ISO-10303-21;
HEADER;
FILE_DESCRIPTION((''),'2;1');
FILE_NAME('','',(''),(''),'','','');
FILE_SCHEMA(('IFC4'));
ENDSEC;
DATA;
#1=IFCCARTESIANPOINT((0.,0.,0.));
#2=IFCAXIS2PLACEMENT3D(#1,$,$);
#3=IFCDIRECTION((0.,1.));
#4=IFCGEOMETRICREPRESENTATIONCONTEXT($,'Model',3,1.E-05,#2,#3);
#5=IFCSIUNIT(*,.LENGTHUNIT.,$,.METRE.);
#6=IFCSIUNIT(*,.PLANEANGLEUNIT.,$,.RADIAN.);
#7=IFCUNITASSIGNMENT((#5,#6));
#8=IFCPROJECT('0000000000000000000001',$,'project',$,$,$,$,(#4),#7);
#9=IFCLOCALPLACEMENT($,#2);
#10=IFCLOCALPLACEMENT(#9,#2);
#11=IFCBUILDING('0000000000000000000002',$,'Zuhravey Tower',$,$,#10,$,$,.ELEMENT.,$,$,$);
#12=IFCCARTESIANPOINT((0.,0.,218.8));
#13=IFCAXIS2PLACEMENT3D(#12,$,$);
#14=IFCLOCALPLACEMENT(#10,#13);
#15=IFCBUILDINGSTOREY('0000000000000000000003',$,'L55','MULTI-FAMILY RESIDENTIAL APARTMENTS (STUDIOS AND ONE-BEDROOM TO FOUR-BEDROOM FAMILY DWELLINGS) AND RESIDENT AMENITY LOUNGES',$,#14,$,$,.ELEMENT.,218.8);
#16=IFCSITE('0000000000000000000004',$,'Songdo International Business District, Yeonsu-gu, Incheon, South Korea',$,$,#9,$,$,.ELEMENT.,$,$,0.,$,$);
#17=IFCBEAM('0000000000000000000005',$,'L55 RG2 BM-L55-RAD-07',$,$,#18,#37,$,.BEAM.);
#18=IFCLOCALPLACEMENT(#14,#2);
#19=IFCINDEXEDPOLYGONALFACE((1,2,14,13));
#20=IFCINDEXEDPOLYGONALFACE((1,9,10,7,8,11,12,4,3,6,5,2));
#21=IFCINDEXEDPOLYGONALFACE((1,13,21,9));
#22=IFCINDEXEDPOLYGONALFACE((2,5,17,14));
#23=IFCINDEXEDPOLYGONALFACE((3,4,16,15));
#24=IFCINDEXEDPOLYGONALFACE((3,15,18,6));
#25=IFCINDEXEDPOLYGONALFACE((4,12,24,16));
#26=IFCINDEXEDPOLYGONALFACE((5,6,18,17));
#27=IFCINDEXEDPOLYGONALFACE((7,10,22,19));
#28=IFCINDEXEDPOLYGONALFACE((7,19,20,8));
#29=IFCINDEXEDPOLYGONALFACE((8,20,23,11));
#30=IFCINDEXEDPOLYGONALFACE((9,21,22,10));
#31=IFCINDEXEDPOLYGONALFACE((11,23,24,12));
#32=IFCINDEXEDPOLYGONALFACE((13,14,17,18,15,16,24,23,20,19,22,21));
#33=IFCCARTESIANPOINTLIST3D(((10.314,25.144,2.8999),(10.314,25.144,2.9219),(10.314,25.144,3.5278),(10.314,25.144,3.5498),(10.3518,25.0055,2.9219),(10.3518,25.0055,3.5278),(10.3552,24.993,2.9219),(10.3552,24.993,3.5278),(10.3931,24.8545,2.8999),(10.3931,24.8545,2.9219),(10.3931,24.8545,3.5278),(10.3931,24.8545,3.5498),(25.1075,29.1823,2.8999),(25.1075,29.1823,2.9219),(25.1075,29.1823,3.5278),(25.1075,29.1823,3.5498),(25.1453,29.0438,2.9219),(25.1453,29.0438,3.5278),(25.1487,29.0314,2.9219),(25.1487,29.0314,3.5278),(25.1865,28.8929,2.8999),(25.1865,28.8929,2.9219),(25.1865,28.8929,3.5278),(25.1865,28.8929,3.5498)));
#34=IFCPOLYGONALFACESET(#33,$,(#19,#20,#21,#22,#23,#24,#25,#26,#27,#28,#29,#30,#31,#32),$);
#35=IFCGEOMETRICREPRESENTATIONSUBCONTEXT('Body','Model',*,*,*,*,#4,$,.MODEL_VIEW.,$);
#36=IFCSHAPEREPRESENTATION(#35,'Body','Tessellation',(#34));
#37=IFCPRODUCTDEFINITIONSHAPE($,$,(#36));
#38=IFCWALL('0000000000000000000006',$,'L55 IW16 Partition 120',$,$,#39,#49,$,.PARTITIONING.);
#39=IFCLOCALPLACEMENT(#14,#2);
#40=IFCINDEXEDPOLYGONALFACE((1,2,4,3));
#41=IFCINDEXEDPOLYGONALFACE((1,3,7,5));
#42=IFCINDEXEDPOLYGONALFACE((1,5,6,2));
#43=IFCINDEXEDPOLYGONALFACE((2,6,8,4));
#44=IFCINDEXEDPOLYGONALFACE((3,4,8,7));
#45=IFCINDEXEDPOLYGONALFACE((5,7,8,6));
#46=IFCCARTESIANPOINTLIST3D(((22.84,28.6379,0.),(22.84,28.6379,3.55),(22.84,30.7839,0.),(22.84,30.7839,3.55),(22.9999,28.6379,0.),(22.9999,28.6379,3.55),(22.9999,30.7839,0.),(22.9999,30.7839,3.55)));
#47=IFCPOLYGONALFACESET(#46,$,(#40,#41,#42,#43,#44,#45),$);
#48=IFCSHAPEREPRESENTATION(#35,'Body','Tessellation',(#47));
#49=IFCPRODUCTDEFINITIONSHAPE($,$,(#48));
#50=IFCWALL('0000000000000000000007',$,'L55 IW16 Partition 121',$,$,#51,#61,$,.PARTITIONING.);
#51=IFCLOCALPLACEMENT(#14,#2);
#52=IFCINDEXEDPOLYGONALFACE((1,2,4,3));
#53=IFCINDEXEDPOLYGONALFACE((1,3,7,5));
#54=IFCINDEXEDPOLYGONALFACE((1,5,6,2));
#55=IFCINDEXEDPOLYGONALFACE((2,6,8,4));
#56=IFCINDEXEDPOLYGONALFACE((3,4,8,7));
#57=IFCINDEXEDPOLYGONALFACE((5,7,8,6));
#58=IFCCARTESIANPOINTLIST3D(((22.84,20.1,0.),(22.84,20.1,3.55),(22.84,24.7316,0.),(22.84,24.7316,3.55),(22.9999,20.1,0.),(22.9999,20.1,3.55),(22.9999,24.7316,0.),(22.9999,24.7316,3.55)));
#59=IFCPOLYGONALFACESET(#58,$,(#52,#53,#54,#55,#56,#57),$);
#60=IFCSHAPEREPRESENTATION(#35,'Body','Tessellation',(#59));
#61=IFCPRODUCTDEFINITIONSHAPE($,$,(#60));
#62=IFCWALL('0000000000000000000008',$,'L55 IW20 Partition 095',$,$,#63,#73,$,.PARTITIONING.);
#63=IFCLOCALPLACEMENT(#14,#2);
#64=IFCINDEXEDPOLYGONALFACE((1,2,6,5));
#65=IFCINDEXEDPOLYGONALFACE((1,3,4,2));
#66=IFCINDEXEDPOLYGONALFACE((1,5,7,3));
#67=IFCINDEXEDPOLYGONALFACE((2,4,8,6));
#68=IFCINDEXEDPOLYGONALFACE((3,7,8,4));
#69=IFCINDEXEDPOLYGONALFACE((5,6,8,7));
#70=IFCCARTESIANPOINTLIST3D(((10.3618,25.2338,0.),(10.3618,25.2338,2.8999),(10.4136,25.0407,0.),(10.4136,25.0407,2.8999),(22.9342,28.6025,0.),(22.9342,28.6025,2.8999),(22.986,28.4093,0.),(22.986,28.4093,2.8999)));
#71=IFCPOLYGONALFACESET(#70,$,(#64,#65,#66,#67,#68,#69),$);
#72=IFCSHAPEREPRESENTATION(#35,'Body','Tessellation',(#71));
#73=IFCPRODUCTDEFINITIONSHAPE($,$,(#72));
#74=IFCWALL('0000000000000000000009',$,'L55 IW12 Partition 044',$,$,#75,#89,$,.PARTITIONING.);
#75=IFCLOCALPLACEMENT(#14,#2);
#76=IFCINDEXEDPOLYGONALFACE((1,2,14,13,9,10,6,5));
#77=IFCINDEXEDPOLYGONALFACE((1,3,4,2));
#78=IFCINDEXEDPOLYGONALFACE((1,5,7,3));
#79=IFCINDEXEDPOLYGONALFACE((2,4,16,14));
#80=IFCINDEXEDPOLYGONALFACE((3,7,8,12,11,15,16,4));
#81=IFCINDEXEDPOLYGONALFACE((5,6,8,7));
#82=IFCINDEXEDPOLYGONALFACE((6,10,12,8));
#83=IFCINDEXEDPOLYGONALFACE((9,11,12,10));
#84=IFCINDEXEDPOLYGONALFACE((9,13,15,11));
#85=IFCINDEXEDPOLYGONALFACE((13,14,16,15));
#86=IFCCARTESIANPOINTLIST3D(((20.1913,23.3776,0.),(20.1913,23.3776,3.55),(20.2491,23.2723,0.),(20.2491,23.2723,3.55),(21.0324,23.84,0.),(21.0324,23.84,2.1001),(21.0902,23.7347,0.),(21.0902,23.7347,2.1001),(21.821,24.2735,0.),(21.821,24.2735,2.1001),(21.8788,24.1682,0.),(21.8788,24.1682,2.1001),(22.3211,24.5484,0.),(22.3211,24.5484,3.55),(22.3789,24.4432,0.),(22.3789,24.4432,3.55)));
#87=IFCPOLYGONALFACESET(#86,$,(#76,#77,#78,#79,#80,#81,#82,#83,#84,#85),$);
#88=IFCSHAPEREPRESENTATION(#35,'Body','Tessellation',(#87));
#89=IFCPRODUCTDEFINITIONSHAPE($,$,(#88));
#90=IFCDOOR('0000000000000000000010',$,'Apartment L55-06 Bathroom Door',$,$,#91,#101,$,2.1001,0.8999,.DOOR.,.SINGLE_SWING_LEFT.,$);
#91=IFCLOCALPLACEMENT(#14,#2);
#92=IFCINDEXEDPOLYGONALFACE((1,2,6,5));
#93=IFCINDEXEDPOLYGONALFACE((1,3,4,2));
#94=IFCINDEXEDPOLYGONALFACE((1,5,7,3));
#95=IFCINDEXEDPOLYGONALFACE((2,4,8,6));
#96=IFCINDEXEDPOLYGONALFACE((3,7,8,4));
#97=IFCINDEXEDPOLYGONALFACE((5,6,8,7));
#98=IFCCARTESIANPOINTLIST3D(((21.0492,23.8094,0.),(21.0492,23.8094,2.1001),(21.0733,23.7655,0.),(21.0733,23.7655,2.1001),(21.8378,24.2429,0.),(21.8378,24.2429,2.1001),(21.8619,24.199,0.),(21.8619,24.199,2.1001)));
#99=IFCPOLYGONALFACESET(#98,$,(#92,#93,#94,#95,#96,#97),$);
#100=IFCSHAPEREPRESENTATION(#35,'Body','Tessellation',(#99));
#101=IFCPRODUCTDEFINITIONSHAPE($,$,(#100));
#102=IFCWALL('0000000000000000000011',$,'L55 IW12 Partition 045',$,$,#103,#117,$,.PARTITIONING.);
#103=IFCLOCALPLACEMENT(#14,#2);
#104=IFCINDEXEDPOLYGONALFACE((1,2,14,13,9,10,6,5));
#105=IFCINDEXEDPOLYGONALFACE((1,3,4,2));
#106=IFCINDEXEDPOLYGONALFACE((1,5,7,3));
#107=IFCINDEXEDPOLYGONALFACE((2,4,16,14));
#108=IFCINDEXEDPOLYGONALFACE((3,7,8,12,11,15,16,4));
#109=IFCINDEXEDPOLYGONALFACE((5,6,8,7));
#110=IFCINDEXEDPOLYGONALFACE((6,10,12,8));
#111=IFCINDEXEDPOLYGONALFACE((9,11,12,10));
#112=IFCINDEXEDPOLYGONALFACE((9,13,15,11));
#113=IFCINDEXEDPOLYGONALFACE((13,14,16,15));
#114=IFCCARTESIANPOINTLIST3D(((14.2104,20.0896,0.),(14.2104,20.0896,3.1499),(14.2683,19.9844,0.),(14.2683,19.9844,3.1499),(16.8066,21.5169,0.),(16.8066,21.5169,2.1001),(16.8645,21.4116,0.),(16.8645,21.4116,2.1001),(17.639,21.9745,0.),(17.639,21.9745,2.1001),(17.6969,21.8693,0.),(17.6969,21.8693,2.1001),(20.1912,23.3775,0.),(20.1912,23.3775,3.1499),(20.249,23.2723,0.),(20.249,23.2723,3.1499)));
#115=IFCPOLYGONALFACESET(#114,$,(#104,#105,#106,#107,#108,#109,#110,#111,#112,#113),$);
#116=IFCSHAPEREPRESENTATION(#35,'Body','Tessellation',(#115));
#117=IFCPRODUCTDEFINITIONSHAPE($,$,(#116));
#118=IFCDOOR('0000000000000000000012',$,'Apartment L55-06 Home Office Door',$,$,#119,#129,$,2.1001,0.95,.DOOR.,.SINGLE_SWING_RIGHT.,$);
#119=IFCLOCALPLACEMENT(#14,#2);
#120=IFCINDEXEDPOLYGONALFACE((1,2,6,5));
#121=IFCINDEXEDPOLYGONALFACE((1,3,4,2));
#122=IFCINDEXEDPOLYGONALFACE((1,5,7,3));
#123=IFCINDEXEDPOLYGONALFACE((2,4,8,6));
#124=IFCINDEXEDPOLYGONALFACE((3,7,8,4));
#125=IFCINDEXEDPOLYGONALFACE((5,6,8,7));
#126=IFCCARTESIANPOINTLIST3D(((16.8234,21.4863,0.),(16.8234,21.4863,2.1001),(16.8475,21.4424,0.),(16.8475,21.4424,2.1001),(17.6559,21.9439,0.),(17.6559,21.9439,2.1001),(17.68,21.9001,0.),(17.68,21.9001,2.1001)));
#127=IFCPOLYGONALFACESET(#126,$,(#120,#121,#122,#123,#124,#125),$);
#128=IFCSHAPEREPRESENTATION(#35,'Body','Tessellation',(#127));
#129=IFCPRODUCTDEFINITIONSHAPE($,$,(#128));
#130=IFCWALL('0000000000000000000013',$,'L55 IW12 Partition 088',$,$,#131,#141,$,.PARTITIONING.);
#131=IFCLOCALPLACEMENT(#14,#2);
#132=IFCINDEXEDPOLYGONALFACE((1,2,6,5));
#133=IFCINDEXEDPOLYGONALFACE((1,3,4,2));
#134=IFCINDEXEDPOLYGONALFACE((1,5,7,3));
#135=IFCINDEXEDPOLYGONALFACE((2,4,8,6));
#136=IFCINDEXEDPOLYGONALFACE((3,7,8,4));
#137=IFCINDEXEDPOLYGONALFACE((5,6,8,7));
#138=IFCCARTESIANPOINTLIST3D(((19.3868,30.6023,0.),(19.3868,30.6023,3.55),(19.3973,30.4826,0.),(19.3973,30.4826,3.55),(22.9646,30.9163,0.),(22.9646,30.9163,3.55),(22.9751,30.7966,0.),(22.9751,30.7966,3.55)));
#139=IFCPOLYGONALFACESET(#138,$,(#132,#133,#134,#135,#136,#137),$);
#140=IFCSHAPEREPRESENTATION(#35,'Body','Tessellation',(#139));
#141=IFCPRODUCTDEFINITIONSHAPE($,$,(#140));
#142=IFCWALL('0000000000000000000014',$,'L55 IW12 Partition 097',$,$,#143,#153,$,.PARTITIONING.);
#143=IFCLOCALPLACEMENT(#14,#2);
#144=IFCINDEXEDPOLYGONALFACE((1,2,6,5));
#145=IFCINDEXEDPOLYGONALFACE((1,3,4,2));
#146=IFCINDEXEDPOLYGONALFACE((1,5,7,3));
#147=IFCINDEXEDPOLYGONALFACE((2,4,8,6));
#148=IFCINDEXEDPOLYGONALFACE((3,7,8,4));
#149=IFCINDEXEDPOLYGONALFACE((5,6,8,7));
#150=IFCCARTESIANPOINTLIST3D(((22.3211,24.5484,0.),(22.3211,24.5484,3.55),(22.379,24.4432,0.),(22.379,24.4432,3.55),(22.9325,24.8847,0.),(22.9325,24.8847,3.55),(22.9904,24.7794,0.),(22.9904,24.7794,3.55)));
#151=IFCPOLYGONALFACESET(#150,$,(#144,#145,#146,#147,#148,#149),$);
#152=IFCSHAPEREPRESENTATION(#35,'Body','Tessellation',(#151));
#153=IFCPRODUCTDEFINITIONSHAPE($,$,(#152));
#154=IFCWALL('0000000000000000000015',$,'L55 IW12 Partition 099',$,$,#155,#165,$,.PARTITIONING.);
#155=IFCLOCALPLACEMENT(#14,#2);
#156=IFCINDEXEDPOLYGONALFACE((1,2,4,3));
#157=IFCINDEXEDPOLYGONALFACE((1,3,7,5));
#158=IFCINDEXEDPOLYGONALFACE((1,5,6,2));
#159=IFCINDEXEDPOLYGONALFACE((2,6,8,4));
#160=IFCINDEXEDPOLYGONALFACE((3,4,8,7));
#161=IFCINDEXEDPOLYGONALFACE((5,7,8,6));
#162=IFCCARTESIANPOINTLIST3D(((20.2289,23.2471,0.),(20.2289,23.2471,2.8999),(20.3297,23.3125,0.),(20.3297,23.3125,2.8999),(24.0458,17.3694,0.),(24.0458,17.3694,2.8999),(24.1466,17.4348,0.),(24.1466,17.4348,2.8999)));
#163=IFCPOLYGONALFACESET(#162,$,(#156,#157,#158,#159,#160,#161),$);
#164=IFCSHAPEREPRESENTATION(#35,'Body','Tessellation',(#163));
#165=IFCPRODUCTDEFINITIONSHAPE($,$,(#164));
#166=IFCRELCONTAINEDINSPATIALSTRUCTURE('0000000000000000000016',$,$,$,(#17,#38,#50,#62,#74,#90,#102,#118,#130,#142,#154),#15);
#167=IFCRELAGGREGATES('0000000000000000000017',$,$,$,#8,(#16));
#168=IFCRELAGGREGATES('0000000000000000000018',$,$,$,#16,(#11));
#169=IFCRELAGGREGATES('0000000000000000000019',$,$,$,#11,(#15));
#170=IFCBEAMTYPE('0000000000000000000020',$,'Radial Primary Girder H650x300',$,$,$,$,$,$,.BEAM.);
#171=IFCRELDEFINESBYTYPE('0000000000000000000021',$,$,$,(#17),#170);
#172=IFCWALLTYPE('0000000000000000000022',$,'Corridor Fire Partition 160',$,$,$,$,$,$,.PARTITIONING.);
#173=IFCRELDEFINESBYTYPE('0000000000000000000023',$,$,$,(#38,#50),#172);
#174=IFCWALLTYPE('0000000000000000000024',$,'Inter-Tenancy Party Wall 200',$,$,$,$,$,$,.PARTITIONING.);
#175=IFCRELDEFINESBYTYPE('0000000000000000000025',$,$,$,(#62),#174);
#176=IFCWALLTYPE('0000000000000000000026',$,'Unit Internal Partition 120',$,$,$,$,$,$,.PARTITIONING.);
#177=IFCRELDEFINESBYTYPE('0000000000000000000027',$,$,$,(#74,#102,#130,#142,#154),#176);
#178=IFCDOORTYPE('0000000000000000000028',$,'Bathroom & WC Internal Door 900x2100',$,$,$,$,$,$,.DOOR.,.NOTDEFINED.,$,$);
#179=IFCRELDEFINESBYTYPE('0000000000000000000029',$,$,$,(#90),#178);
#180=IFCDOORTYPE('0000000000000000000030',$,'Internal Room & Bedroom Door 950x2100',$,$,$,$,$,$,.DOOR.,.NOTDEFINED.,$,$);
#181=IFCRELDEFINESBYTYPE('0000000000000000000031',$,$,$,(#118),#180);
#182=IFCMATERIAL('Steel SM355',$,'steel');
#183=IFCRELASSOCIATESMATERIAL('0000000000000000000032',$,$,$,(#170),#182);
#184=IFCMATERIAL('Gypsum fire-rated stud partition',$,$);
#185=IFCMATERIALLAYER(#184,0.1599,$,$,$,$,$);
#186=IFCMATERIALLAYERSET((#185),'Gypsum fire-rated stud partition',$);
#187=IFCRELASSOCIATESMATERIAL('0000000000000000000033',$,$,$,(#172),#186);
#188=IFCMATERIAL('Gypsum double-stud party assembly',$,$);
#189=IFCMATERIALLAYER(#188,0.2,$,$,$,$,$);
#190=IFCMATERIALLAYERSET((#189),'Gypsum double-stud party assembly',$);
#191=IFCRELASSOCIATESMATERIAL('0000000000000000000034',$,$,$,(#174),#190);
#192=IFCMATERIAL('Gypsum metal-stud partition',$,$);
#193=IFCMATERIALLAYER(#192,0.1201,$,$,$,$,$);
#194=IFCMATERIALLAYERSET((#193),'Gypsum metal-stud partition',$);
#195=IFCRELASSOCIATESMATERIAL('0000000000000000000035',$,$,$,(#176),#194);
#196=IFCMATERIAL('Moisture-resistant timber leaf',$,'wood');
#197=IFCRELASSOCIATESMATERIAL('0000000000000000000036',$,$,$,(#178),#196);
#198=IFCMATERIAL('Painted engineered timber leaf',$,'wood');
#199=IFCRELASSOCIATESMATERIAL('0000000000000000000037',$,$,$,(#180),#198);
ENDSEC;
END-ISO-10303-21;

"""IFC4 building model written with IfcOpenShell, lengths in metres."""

from ifc_helpers import new_model, si_unit, direction, frame, frame_2d, origin, origin_2d, place, context, subcontext, project, spatial, rectangle, i_section, extrude, material, layer, layer_set, material_profile, profile_set, type_object, element, fill, save


model = new_model("IFC4")

# Units and contexts
model_context = context("Model", 3, precision=1e-05, world=origin(), true_north=direction((0.0, 1.0)))
body_context = subcontext(model_context, "Body", "Model", "MODEL_VIEW")
ifc_project = project(units=[si_unit("LENGTHUNIT", "METRE"), si_unit("PLANEANGLEUNIT", "RADIAN")], contexts=[model_context])

# Site, building, storey
site_placement = place(None, origin())
site = spatial("IfcSite", under=ifc_project, at=site_placement, Name="Songdo International Business District, Yeonsu-gu, Incheon, South Korea", CompositionType="ELEMENT", RefElevation=0.0)
building_placement = place(site_placement, origin())
building = spatial("IfcBuilding", under=site, at=building_placement, Name="Zuhravey Tower", CompositionType="ELEMENT")
storey_placement = place(building_placement, frame((0.0, 0.0, 218.8)))
storey = spatial("IfcBuildingStorey", under=building, at=storey_placement, Name="L55", Description="MULTI-FAMILY RESIDENTIAL APARTMENTS (STUDIOS AND ONE-BEDROOM TO FOUR-BEDROOM FAMILY DWELLINGS) AND RESIDENT AMENITY LOUNGES", CompositionType="ELEMENT", Elevation=218.8)

# Beam
ifc_material_1 = material(Name="Steel SM355", Category="steel")
ifc_material_profile = material_profile(ifc_material_1, i_section(OverallWidth=0.3, OverallDepth=0.6499, WebThickness=0.0129, FlangeThickness=0.022, at=origin_2d()), Name="H-650x300x13x22")
ifc_profile_set = profile_set([ifc_material_profile], Name="Steel SM355")
beam_type = type_object("IfcBeamType", Name="Radial Primary Girder H650x300", PredefinedType="BEAM", material=ifc_profile_set)
beam_placement = place(storey_placement, frame((25.147, 29.0376, 3.2249), z_axis=(-0.964702, -0.263345, 0.0), x_axis=(0.263345, -0.964702, 0.0)))
element("IfcBeam", 1, at=beam_placement, inside=storey, type_object=beam_type, Name="L55 RG2 BM-L55-RAD-07", PredefinedType="BEAM", context=body_context, shape_type="SweptSolid", body=[
    extrude(i_section(OverallWidth=0.3, OverallDepth=0.6499, WebThickness=0.0129, FlangeThickness=0.022, at=origin_2d()), origin(), (0.0, 0.0, 1.0), 15.3347),
])

# Shared definitions
ifc_material_2 = material(Name="Gypsum fire-rated stud partition")
ifc_layer_1 = layer(ifc_material_2, 0.1599)
ifc_layer_set_1 = layer_set([ifc_layer_1], Name="Gypsum fire-rated stud partition")
wall_type_1 = type_object("IfcWallType", Name="Corridor Fire Partition 160", PredefinedType="PARTITIONING", material=ifc_layer_set_1)

# Walls
wall_1_placement = place(storey_placement, frame((22.9199, 30.7839, 0.0), z_axis=(0.0, 0.0, 1.0), x_axis=(0.0, -1.0, 0.0)))
element("IfcWall", 2, at=wall_1_placement, inside=storey, type_object=wall_type_1, Name="L55 IW16 Partition 120", PredefinedType="PARTITIONING", context=body_context, shape_type="SweptSolid", body=[
    extrude(rectangle(XDim=2.146, YDim=0.1599, at=frame_2d((1.073, 0.0))), origin(), (0.0, 0.0, 1.0), 3.55),
])
wall_2_placement = place(storey_placement, frame((22.9199, 24.7317, 0.0), z_axis=(0.0, 0.0, 1.0), x_axis=(0.0, -1.0, 0.0)))
element("IfcWall", 3, at=wall_2_placement, inside=storey, type_object=wall_type_1, Name="L55 IW16 Partition 121", PredefinedType="PARTITIONING", context=body_context, shape_type="SweptSolid", body=[
    extrude(rectangle(XDim=4.6316, YDim=0.1599, at=frame_2d((2.3159, 0.0))), origin(), (0.0, 0.0, 1.0), 3.55),
])
ifc_material_3 = material(Name="Gypsum double-stud party assembly")
ifc_layer_2 = layer(ifc_material_3, 0.2)
ifc_layer_set_2 = layer_set([ifc_layer_2], Name="Gypsum double-stud party assembly")
wall_type_2 = type_object("IfcWallType", Name="Inter-Tenancy Party Wall 200", PredefinedType="PARTITIONING", material=ifc_layer_set_2)
wall_3_placement = place(storey_placement, frame((22.96, 28.5059, 0.0), z_axis=(0.0, 0.0, 1.0), x_axis=(-0.965929, -0.258809, 0.0)))
element("IfcWall", 4, at=wall_3_placement, inside=storey, type_object=wall_type_2, Name="L55 IW20 Partition 095", PredefinedType="PARTITIONING", context=body_context, shape_type="SweptSolid", body=[
    extrude(rectangle(XDim=13.0159, YDim=0.2, at=frame_2d((6.5078, 0.0))), origin(), (0.0, 0.0, 1.0), 2.8999),
])

# Walls, openings, doors
ifc_material_4 = material(Name="Gypsum metal-stud partition")
ifc_layer_3 = layer(ifc_material_4, 0.1201)
ifc_layer_set_3 = layer_set([ifc_layer_3], Name="Gypsum metal-stud partition")
wall_type_3 = type_object("IfcWallType", Name="Unit Internal Partition 120", PredefinedType="PARTITIONING", material=ifc_layer_set_3)
wall_4_placement = place(storey_placement, frame((22.3501, 24.4958, 0.0), z_axis=(0.0, 0.0, 1.0), x_axis=(-0.876309, -0.481749, 0.0)))
wall_4 = element("IfcWall", 5, at=wall_4_placement, inside=storey, type_object=wall_type_3, Name="L55 IW12 Partition 044", PredefinedType="PARTITIONING", context=body_context, shape_type="SweptSolid", body=[
    extrude(rectangle(XDim=2.4304, YDim=0.1201, at=frame_2d((1.2153, 0.0))), origin(), (0.0, 0.0, 1.0), 3.55),
])
opening_1_placement = place(wall_4_placement, frame((0.5708, 0.0, 0.0)))
opening_1 = element("IfcOpeningElement", 6, at=opening_1_placement, cuts=wall_4, PredefinedType="OPENING", context=body_context, shape_type="SweptSolid", body=[
    extrude(rectangle(XDim=0.8999, YDim=2.1001, at=frame_2d((0.45, 1.05))), frame((0.0, 0.072, 0.0), z_axis=(0.0, -1.0, 0.0), x_axis=(1.0, 0.0, 0.0)), (0.0, 0.0, 1.0), 0.144),
])
ifc_material_5 = material(Name="Moisture-resistant timber leaf", Category="wood")
door_type_1 = type_object("IfcDoorType", Name="Bathroom & WC Internal Door 900x2100", OperationType="NOTDEFINED", PredefinedType="DOOR", material=ifc_material_5)
door_1_placement = place(opening_1_placement, origin())
door_1 = element("IfcDoor", 7, at=door_1_placement, inside=storey, type_object=door_type_1, Name="Apartment L55-06 Bathroom Door", OperationType="SINGLE_SWING_LEFT", OverallHeight=2.1001, OverallWidth=0.8999, PredefinedType="DOOR", context=body_context, shape_type="SweptSolid", body=[
    extrude(rectangle(XDim=0.8999, YDim=2.1001, at=frame_2d((0.45, 1.05))), frame((0.0, 0.0249, 0.0), z_axis=(0.0, -1.0, 0.0), x_axis=(1.0, 0.0, 0.0)), (0.0, 0.0, 1.0), 0.05),
])
fill(opening_1, door_1)
wall_5_placement = place(storey_placement, frame((20.2202, 23.325, 0.0), z_axis=(0.0, 0.0, 1.0), x_axis=(-0.876312, -0.481744, 0.0)))
wall_5 = element("IfcWall", 8, at=wall_5_placement, inside=storey, type_object=wall_type_3, Name="L55 IW12 Partition 045", PredefinedType="PARTITIONING", context=body_context, shape_type="SweptSolid", body=[
    extrude(rectangle(XDim=6.825, YDim=0.1201, at=frame_2d((3.4126, 0.0))), origin(), (0.0, 0.0, 1.0), 3.1499),
])
opening_2_placement = place(wall_5_placement, frame((2.9124, 0.0, 0.0)))
opening_2 = element("IfcOpeningElement", 9, at=opening_2_placement, cuts=wall_5, PredefinedType="OPENING", context=body_context, shape_type="SweptSolid", body=[
    extrude(rectangle(XDim=0.95, YDim=2.1001, at=frame_2d((0.4751, 1.05))), frame((0.0, 0.072, 0.0), z_axis=(0.0, -1.0, 0.0), x_axis=(1.0, 0.0, 0.0)), (0.0, 0.0, 1.0), 0.144),
])
ifc_material_6 = material(Name="Painted engineered timber leaf", Category="wood")
door_type_2 = type_object("IfcDoorType", Name="Internal Room & Bedroom Door 950x2100", OperationType="NOTDEFINED", PredefinedType="DOOR", material=ifc_material_6)
door_2_placement = place(opening_2_placement, origin())
door_2 = element("IfcDoor", 10, at=door_2_placement, inside=storey, type_object=door_type_2, Name="Apartment L55-06 Home Office Door", OperationType="SINGLE_SWING_RIGHT", OverallHeight=2.1001, OverallWidth=0.95, PredefinedType="DOOR", context=body_context, shape_type="SweptSolid", body=[
    extrude(rectangle(XDim=0.95, YDim=2.1001, at=frame_2d((0.4751, 1.05))), frame((0.0, 0.0249, 0.0), z_axis=(0.0, -1.0, 0.0), x_axis=(1.0, 0.0, 0.0)), (0.0, 0.0, 1.0), 0.05),
])
fill(opening_2, door_2)

# Walls
wall_6_placement = place(storey_placement, frame((22.97, 30.8564, 0.0), z_axis=(0.0, 0.0, 1.0), x_axis=(-0.996172, -0.087416, 0.0)))
element("IfcWall", 11, at=wall_6_placement, inside=storey, type_object=wall_type_3, Name="L55 IW12 Partition 088", PredefinedType="PARTITIONING", context=body_context, shape_type="SweptSolid", body=[
    extrude(rectangle(XDim=3.5916, YDim=0.1201, at=frame_2d((1.7959, 0.0))), origin(), (0.0, 0.0, 1.0), 3.55),
])
wall_7_placement = place(storey_placement, frame((22.9614, 24.832, 0.0), z_axis=(0.0, 0.0, 1.0), x_axis=(-0.876245, -0.481865, 0.0)))
element("IfcWall", 12, at=wall_7_placement, inside=storey, type_object=wall_type_3, Name="L55 IW12 Partition 097", PredefinedType="PARTITIONING", context=body_context, shape_type="SweptSolid", body=[
    extrude(rectangle(XDim=0.6978, YDim=0.1201, at=frame_2d((0.3489, 0.0))), origin(), (0.0, 0.0, 1.0), 3.55),
])
wall_8_placement = place(storey_placement, frame((20.2793, 23.2798, 0.0), z_axis=(0.0, 0.0, 1.0), x_axis=(0.544627, -0.838678, 0.0)))
element("IfcWall", 13, at=wall_8_placement, inside=storey, type_object=wall_type_3, Name="L55 IW12 Partition 099", PredefinedType="PARTITIONING", context=body_context, shape_type="SweptSolid", body=[
    extrude(rectangle(XDim=7.0083, YDim=0.1201, at=frame_2d((3.5042, 0.0))), origin(), (0.0, 0.0, 1.0), 2.8999),
])

save(model, "model.ifc")
